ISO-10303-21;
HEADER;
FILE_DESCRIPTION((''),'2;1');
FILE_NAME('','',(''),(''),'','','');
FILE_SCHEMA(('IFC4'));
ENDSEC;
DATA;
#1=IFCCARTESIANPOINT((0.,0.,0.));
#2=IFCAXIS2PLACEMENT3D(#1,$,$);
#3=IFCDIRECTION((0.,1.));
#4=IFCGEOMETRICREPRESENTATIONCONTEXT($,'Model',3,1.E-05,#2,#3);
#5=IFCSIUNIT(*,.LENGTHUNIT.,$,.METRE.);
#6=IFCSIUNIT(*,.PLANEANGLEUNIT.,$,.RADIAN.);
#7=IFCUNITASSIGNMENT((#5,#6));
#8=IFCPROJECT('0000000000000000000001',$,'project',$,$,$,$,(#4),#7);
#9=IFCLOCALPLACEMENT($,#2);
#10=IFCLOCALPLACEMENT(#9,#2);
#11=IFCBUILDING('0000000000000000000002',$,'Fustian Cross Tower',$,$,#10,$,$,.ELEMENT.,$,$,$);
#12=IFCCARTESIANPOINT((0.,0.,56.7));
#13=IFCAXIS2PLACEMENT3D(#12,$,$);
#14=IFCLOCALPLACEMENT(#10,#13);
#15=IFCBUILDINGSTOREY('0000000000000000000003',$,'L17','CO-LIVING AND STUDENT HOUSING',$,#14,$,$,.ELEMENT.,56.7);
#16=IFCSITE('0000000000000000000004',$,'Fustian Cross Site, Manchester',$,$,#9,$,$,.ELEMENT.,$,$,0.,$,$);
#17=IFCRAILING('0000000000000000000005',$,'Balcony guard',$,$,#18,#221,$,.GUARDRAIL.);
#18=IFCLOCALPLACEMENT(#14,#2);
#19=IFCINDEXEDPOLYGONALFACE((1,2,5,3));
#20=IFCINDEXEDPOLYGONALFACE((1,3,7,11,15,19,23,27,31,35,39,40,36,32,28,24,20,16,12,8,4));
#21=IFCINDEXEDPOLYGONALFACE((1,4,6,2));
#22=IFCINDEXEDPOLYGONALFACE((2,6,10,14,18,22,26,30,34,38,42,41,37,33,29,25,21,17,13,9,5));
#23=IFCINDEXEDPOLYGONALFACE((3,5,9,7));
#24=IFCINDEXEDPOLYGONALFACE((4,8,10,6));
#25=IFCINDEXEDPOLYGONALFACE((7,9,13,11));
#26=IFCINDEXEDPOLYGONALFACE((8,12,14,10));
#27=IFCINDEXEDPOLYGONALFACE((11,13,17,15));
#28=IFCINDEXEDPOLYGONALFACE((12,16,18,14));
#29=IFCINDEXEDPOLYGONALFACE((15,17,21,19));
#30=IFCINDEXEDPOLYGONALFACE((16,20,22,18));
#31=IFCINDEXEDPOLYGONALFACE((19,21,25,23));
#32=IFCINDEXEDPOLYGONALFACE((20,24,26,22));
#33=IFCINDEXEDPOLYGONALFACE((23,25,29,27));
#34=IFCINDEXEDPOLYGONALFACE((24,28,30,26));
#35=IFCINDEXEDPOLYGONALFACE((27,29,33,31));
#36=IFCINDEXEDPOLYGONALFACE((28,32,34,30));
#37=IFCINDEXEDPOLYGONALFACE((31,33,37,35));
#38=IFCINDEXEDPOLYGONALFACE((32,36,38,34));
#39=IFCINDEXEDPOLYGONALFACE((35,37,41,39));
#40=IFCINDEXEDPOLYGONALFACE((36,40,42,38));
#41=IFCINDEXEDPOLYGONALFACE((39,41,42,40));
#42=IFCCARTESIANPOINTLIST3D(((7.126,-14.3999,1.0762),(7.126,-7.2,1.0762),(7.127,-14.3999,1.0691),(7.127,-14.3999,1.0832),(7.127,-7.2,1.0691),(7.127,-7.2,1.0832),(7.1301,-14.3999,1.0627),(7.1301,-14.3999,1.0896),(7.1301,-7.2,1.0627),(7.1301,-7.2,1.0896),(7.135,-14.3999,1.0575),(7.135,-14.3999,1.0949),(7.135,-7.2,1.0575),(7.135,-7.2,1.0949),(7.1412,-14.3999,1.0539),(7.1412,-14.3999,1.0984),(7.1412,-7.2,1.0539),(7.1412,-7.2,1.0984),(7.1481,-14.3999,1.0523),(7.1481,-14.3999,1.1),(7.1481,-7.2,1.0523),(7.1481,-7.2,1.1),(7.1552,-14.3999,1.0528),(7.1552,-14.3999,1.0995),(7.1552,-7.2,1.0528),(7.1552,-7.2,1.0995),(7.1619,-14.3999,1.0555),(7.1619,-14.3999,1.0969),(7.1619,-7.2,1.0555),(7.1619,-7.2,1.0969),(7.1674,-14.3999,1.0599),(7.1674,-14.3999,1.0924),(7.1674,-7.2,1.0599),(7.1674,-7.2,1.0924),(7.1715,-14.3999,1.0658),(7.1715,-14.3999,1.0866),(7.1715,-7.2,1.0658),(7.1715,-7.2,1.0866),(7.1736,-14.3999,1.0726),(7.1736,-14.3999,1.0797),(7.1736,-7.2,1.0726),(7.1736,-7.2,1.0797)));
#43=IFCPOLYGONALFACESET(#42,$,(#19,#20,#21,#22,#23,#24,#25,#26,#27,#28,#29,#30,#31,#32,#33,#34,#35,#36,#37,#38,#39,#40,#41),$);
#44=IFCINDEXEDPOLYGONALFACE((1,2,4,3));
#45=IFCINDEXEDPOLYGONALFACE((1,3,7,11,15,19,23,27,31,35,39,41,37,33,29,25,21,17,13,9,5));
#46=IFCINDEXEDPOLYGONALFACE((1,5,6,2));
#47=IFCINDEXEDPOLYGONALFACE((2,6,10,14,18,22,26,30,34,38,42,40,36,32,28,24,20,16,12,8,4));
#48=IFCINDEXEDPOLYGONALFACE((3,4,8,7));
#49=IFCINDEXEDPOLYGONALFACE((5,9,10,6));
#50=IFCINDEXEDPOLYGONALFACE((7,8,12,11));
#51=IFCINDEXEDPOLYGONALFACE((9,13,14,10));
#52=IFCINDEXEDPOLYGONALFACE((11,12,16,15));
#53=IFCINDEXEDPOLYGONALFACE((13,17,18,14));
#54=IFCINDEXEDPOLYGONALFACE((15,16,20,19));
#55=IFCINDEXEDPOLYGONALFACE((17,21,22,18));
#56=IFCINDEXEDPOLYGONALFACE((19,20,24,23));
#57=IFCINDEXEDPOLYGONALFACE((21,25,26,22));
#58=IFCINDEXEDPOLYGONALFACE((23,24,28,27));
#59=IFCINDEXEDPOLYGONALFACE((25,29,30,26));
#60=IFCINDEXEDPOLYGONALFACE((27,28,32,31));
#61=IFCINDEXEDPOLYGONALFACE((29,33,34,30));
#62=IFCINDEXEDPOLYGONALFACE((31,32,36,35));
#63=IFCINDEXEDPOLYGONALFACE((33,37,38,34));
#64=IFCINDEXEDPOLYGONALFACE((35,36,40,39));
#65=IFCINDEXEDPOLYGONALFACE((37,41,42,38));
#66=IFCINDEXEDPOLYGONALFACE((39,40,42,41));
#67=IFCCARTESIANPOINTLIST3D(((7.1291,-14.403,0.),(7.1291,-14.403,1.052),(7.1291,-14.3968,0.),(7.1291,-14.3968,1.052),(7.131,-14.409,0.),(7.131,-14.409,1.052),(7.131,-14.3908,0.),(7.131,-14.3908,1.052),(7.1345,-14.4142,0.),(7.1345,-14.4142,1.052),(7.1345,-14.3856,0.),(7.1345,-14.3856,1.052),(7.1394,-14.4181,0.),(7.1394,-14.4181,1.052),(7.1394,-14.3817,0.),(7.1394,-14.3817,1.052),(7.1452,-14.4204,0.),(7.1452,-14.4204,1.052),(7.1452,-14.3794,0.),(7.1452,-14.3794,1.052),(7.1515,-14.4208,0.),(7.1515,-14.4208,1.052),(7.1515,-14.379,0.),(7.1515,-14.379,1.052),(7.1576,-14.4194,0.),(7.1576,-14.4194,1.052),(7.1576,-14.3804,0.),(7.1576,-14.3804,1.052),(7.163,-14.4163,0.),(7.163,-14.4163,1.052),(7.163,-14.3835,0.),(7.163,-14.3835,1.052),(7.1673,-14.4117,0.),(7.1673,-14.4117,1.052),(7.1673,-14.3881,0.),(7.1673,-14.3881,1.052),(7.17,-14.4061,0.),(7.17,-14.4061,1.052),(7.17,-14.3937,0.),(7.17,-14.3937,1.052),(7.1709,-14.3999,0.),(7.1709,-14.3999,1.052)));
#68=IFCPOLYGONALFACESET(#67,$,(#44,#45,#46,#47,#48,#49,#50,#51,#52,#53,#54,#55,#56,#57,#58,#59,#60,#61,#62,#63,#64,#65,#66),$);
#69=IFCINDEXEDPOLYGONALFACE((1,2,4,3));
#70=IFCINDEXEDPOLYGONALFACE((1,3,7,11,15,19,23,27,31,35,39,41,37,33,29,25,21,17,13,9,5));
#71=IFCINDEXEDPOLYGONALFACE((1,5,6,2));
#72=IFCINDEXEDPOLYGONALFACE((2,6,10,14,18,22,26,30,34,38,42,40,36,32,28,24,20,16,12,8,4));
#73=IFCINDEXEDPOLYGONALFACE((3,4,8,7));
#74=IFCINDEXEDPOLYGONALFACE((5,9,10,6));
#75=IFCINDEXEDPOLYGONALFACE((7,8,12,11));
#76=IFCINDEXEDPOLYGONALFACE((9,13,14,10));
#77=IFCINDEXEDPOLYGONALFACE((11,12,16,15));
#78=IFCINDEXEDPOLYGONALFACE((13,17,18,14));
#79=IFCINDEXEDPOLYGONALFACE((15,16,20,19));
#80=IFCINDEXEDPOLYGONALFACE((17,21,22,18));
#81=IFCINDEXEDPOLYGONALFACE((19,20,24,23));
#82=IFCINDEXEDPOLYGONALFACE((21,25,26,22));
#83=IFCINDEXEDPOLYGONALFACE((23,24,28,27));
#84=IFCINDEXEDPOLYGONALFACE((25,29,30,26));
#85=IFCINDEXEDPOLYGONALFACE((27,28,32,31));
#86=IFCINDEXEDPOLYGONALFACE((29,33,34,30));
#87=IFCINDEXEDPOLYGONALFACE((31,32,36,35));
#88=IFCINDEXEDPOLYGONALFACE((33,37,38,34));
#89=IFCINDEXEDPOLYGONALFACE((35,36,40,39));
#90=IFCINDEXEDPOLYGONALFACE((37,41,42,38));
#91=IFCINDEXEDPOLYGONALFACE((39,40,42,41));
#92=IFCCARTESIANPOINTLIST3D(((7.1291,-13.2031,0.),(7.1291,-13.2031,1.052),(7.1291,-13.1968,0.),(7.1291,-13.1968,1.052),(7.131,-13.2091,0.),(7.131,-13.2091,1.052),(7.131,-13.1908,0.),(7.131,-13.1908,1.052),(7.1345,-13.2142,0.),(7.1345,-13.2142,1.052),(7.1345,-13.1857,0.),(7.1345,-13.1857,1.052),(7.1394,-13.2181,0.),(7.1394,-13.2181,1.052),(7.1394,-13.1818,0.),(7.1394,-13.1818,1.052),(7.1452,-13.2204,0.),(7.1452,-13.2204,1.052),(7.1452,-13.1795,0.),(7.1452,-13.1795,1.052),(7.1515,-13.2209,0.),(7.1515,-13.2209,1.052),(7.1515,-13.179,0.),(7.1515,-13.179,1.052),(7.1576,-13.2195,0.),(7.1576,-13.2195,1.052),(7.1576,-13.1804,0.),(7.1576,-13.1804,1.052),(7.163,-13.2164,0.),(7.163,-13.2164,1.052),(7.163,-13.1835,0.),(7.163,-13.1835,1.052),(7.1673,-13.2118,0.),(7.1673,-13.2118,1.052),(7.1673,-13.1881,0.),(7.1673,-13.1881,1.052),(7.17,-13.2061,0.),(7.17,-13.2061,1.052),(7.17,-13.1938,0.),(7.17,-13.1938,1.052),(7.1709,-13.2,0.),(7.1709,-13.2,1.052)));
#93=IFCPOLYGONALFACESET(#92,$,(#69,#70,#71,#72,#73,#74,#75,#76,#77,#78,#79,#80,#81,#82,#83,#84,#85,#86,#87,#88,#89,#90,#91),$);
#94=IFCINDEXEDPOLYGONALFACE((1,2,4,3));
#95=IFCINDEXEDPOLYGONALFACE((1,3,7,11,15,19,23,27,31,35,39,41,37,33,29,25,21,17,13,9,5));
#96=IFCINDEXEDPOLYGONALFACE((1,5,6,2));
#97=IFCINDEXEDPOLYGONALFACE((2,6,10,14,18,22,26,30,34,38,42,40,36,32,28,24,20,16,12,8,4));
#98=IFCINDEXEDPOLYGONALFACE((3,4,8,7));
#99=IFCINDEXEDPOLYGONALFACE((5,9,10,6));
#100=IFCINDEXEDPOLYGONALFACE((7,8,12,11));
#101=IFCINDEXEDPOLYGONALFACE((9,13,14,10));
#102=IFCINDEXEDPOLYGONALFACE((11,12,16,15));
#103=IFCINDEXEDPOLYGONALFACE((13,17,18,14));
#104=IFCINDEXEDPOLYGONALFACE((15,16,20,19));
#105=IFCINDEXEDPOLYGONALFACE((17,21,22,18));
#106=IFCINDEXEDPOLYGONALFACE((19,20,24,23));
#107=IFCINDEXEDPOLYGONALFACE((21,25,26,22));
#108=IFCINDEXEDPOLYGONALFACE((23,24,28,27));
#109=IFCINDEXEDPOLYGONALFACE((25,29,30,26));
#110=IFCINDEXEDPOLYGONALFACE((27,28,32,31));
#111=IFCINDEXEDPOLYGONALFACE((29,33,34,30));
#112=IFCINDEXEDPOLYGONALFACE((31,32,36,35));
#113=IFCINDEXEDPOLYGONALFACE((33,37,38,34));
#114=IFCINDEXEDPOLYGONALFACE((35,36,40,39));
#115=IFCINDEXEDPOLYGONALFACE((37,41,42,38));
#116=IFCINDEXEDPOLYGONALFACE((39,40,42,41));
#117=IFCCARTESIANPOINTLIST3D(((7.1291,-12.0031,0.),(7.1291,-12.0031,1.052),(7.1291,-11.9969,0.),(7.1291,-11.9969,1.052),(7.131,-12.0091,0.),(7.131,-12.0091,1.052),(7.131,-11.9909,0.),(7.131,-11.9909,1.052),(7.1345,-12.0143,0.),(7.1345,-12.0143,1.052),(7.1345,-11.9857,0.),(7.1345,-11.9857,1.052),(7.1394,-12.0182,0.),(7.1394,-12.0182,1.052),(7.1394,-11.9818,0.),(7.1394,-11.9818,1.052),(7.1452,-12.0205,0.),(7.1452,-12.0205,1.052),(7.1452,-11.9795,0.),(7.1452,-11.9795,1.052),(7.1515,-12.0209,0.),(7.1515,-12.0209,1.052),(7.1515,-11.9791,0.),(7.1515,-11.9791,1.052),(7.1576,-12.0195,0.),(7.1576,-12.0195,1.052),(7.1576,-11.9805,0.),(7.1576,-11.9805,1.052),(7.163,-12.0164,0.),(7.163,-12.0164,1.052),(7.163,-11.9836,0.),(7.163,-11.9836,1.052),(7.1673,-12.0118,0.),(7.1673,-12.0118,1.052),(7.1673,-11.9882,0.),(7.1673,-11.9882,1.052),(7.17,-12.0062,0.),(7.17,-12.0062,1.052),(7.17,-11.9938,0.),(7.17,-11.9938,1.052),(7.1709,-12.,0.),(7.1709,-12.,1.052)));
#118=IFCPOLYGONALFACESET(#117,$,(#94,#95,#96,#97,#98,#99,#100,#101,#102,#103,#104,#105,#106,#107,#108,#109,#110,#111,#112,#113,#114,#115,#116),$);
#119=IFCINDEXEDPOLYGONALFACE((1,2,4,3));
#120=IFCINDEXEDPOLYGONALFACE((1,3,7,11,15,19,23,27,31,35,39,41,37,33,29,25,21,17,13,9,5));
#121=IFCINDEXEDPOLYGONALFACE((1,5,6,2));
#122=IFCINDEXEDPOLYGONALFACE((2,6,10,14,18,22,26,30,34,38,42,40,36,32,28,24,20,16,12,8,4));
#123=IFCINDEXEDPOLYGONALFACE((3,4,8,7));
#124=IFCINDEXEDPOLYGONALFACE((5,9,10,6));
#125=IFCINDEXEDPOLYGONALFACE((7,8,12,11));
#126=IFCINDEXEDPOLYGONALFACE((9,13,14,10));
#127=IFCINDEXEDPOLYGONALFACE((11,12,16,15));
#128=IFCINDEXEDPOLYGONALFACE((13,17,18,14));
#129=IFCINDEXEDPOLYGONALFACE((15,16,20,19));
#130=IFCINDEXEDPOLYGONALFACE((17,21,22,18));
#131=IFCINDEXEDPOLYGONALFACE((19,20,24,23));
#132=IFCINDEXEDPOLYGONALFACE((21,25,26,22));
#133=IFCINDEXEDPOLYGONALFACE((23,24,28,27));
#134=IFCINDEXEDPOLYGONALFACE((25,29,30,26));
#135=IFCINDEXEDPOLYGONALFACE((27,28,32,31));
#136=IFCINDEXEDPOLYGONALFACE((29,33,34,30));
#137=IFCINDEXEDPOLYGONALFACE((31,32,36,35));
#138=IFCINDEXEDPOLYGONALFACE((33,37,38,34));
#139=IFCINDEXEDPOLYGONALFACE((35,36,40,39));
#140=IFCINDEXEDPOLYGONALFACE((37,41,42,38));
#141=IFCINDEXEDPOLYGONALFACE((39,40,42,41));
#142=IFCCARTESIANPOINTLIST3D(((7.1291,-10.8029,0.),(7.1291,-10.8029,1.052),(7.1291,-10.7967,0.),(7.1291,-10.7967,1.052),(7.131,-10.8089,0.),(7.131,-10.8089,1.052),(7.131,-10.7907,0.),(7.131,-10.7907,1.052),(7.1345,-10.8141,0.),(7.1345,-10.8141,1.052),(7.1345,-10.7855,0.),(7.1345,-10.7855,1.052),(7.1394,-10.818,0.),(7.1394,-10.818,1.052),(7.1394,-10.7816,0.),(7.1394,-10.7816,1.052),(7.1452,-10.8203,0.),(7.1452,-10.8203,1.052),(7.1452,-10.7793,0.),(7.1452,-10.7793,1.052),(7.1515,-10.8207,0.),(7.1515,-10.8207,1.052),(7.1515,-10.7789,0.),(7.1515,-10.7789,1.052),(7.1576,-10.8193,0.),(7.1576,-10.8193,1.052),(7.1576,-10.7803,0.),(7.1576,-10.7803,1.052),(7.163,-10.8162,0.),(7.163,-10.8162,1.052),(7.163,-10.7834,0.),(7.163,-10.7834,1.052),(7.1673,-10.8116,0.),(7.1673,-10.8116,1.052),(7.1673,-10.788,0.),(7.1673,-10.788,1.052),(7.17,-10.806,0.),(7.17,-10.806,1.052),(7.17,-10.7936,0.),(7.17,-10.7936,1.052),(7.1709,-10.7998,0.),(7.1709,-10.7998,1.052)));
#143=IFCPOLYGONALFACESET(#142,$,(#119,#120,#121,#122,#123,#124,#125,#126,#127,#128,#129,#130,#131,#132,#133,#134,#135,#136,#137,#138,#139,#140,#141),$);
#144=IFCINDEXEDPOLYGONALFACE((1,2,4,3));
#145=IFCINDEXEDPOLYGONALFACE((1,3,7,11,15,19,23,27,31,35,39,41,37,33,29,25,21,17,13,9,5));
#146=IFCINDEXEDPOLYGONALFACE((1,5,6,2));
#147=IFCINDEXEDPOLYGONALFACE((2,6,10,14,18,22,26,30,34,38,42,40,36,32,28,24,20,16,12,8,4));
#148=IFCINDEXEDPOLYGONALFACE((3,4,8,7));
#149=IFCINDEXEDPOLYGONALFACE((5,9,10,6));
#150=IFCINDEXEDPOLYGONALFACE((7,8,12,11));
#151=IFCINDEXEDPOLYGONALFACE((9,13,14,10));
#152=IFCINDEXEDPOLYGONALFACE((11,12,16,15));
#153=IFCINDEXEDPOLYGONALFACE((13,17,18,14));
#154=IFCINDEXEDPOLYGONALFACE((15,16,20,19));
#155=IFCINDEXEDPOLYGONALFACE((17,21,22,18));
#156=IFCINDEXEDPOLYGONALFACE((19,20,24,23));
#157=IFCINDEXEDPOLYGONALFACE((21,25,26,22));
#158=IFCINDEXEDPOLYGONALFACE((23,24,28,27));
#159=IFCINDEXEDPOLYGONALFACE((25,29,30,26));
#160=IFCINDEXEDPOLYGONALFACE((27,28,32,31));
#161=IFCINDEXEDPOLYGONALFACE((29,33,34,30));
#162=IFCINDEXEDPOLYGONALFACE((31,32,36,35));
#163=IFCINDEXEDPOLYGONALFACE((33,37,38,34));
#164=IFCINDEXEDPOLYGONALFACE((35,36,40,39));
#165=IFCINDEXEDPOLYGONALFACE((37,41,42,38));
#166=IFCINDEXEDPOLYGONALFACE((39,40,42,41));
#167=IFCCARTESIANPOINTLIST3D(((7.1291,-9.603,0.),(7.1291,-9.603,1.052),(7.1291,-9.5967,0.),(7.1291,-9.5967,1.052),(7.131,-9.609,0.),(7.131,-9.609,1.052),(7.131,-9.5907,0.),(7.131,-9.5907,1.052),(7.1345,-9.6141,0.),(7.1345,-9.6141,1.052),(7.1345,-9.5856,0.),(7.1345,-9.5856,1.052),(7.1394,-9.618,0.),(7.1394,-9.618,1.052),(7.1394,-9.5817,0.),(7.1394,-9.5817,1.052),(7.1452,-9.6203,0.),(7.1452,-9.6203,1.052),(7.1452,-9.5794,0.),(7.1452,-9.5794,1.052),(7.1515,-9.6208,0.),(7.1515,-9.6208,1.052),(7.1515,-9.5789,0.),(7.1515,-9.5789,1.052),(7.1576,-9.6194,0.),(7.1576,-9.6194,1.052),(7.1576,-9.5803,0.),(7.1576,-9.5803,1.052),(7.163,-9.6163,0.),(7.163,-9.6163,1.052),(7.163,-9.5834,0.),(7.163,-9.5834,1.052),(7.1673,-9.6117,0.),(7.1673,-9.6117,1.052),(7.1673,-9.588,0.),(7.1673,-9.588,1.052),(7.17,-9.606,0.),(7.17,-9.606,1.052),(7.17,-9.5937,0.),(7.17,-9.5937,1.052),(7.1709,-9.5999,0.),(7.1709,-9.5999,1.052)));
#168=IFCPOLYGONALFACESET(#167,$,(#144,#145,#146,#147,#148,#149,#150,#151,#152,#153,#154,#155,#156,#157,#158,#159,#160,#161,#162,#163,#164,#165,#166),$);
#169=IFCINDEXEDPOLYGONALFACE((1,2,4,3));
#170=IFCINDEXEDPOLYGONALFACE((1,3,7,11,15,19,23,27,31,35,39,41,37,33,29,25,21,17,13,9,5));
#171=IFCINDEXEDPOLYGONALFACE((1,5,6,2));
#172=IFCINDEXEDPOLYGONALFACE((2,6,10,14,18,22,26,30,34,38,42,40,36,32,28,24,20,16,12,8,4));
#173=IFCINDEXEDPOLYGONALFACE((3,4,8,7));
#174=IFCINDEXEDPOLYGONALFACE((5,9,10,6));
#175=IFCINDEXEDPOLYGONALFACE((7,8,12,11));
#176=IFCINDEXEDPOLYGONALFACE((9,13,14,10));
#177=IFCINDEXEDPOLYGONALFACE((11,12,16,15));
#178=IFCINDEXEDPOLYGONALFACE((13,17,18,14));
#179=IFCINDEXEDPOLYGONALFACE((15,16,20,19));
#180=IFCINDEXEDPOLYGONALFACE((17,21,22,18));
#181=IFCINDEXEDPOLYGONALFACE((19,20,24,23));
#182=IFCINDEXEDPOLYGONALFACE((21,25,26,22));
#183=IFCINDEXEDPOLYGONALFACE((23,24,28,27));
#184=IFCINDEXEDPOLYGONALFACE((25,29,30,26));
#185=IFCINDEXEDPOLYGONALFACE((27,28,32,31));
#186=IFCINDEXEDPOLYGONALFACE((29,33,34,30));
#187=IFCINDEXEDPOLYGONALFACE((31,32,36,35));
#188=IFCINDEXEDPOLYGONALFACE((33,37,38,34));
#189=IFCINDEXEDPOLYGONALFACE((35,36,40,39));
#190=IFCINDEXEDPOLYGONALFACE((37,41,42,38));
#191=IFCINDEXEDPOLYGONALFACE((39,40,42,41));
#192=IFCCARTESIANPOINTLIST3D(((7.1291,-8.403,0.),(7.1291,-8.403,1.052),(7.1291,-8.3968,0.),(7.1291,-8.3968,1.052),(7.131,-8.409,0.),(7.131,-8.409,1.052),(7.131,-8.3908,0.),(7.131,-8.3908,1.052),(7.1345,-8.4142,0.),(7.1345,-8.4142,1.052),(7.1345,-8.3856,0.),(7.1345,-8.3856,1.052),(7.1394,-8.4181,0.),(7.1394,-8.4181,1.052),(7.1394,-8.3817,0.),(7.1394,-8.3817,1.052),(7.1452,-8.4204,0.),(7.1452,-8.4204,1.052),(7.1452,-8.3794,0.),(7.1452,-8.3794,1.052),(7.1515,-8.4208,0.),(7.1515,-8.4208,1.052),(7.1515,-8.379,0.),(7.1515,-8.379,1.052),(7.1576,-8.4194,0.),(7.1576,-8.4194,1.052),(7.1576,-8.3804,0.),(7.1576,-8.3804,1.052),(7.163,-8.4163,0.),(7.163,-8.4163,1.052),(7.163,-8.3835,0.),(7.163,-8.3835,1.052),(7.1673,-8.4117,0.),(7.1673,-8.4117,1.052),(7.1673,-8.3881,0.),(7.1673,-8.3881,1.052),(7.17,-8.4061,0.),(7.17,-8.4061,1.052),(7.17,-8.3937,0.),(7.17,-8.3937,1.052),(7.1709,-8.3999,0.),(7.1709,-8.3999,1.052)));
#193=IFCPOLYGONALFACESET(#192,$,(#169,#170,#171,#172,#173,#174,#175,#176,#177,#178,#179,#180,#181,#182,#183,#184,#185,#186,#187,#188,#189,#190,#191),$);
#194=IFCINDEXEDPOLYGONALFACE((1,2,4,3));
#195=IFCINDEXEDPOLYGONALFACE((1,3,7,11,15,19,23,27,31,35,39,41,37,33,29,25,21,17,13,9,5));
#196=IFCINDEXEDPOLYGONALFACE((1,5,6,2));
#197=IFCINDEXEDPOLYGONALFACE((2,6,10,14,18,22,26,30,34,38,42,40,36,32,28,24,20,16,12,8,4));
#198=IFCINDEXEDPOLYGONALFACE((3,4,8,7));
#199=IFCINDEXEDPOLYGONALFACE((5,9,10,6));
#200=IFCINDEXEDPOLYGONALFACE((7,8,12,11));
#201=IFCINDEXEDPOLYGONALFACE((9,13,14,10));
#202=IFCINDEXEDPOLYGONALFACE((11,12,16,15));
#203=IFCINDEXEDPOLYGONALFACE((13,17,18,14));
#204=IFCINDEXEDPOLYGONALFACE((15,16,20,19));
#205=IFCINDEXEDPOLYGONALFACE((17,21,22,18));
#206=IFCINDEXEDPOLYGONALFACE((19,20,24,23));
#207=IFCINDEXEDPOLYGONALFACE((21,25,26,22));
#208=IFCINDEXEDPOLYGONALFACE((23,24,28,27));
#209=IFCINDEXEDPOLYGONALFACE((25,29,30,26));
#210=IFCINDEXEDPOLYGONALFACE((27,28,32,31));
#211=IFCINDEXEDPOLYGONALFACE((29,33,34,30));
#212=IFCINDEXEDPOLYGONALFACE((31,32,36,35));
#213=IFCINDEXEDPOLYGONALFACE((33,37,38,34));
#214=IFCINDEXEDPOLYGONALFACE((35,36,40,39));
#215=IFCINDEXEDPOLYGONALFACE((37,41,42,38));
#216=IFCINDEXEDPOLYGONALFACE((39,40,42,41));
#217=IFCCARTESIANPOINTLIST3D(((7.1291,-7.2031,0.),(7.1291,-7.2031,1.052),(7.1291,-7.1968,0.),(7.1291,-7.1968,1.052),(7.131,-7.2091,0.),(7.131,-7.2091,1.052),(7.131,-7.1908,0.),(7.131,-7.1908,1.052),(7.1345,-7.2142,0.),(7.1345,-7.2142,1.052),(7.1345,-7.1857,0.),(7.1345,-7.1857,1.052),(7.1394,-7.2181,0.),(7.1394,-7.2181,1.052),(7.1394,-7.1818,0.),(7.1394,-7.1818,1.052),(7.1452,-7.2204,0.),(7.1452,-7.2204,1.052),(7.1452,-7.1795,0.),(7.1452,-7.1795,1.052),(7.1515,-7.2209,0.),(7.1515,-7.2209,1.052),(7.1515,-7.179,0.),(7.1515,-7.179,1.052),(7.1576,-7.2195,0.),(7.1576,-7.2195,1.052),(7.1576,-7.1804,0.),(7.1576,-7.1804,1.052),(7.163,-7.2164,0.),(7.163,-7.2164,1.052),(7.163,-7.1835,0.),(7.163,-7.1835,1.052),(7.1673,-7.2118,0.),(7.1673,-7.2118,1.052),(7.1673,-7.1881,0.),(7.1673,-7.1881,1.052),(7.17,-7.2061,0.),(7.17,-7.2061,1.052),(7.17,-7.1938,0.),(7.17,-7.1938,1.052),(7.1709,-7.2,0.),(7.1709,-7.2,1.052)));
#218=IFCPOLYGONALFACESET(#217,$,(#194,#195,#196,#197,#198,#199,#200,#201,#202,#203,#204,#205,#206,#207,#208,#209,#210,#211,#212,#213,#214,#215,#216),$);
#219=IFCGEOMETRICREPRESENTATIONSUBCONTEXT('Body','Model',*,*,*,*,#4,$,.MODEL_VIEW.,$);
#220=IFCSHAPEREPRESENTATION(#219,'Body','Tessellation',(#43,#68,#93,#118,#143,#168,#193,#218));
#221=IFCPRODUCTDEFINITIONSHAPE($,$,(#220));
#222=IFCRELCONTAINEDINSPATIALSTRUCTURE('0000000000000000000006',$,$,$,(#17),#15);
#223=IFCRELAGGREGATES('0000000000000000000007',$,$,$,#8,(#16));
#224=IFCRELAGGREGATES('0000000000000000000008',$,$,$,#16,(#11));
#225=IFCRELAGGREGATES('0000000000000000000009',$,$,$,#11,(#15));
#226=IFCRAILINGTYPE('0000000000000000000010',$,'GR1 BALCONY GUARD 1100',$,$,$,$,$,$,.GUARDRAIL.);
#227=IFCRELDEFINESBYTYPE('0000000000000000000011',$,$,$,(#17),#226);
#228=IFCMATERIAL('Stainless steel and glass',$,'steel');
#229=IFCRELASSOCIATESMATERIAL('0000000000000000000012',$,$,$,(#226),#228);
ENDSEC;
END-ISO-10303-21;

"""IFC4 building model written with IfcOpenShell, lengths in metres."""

from ifc_helpers import new_model, si_unit, direction, frame, origin, origin_2d, place, context, subcontext, project, spatial, circle, extrude, material, type_object, element, save


model = new_model("IFC4")

# Units and contexts
model_context = context("Model", 3, precision=1e-05, world=origin(), true_north=direction((0.0, 1.0)))
body_context = subcontext(model_context, "Body", "Model", "MODEL_VIEW")
ifc_project = project(units=[si_unit("LENGTHUNIT", "METRE"), si_unit("PLANEANGLEUNIT", "RADIAN")], contexts=[model_context])

# Site, building, storey
site_placement = place(None, origin())
site = spatial("IfcSite", under=ifc_project, at=site_placement, Name="Fustian Cross Site, Manchester", CompositionType="ELEMENT", RefElevation=0.0)
building_placement = place(site_placement, origin())
building = spatial("IfcBuilding", under=site, at=building_placement, Name="Fustian Cross Tower", CompositionType="ELEMENT")
storey_placement = place(building_placement, frame((0.0, 0.0, 56.7)))
storey = spatial("IfcBuildingStorey", under=building, at=storey_placement, Name="L17", Description="CO-LIVING AND STUDENT HOUSING", CompositionType="ELEMENT", Elevation=56.7)

# Railing
ifc_material_1 = material(Name="Stainless steel and glass", Category="steel")
railing_type = type_object("IfcRailingType", Name="GR1 BALCONY GUARD 1100", PredefinedType="GUARDRAIL", material=ifc_material_1)
railing_placement = place(storey_placement, frame((7.1499, -14.3999, 0.0)))
element("IfcRailing", 1, at=railing_placement, inside=storey, type_object=railing_type, Name="Balcony guard", PredefinedType="GUARDRAIL", context=body_context, shape_type="SweptSolid", body=[
    extrude(circle(Radius=0.0239, at=origin_2d()), frame((0.0, 0.0, 1.0762), z_axis=(0.0, 1.0, 0.0), x_axis=(-1.0, 0.0, 0.0)), (0.0, 0.0, 1.0), 7.2),
    extrude(circle(Radius=0.021, at=origin_2d()), origin(), (0.0, 0.0, 1.0), 1.052),
    extrude(circle(Radius=0.021, at=origin_2d()), frame((0.0, 1.2, 0.0)), (0.0, 0.0, 1.0), 1.052),
    extrude(circle(Radius=0.021, at=origin_2d()), frame((0.0, 2.3999, 0.0)), (0.0, 0.0, 1.0), 1.052),
    extrude(circle(Radius=0.021, at=origin_2d()), frame((0.0, 3.6001, 0.0)), (0.0, 0.0, 1.0), 1.052),
    extrude(circle(Radius=0.021, at=origin_2d()), frame((0.0, 4.8, 0.0)), (0.0, 0.0, 1.0), 1.052),
    extrude(circle(Radius=0.021, at=origin_2d()), frame((0.0, 6.0, 0.0)), (0.0, 0.0, 1.0), 1.052),
    extrude(circle(Radius=0.021, at=origin_2d()), frame((0.0, 7.2, 0.0)), (0.0, 0.0, 1.0), 1.052),
])

save(model, "model.ifc")
